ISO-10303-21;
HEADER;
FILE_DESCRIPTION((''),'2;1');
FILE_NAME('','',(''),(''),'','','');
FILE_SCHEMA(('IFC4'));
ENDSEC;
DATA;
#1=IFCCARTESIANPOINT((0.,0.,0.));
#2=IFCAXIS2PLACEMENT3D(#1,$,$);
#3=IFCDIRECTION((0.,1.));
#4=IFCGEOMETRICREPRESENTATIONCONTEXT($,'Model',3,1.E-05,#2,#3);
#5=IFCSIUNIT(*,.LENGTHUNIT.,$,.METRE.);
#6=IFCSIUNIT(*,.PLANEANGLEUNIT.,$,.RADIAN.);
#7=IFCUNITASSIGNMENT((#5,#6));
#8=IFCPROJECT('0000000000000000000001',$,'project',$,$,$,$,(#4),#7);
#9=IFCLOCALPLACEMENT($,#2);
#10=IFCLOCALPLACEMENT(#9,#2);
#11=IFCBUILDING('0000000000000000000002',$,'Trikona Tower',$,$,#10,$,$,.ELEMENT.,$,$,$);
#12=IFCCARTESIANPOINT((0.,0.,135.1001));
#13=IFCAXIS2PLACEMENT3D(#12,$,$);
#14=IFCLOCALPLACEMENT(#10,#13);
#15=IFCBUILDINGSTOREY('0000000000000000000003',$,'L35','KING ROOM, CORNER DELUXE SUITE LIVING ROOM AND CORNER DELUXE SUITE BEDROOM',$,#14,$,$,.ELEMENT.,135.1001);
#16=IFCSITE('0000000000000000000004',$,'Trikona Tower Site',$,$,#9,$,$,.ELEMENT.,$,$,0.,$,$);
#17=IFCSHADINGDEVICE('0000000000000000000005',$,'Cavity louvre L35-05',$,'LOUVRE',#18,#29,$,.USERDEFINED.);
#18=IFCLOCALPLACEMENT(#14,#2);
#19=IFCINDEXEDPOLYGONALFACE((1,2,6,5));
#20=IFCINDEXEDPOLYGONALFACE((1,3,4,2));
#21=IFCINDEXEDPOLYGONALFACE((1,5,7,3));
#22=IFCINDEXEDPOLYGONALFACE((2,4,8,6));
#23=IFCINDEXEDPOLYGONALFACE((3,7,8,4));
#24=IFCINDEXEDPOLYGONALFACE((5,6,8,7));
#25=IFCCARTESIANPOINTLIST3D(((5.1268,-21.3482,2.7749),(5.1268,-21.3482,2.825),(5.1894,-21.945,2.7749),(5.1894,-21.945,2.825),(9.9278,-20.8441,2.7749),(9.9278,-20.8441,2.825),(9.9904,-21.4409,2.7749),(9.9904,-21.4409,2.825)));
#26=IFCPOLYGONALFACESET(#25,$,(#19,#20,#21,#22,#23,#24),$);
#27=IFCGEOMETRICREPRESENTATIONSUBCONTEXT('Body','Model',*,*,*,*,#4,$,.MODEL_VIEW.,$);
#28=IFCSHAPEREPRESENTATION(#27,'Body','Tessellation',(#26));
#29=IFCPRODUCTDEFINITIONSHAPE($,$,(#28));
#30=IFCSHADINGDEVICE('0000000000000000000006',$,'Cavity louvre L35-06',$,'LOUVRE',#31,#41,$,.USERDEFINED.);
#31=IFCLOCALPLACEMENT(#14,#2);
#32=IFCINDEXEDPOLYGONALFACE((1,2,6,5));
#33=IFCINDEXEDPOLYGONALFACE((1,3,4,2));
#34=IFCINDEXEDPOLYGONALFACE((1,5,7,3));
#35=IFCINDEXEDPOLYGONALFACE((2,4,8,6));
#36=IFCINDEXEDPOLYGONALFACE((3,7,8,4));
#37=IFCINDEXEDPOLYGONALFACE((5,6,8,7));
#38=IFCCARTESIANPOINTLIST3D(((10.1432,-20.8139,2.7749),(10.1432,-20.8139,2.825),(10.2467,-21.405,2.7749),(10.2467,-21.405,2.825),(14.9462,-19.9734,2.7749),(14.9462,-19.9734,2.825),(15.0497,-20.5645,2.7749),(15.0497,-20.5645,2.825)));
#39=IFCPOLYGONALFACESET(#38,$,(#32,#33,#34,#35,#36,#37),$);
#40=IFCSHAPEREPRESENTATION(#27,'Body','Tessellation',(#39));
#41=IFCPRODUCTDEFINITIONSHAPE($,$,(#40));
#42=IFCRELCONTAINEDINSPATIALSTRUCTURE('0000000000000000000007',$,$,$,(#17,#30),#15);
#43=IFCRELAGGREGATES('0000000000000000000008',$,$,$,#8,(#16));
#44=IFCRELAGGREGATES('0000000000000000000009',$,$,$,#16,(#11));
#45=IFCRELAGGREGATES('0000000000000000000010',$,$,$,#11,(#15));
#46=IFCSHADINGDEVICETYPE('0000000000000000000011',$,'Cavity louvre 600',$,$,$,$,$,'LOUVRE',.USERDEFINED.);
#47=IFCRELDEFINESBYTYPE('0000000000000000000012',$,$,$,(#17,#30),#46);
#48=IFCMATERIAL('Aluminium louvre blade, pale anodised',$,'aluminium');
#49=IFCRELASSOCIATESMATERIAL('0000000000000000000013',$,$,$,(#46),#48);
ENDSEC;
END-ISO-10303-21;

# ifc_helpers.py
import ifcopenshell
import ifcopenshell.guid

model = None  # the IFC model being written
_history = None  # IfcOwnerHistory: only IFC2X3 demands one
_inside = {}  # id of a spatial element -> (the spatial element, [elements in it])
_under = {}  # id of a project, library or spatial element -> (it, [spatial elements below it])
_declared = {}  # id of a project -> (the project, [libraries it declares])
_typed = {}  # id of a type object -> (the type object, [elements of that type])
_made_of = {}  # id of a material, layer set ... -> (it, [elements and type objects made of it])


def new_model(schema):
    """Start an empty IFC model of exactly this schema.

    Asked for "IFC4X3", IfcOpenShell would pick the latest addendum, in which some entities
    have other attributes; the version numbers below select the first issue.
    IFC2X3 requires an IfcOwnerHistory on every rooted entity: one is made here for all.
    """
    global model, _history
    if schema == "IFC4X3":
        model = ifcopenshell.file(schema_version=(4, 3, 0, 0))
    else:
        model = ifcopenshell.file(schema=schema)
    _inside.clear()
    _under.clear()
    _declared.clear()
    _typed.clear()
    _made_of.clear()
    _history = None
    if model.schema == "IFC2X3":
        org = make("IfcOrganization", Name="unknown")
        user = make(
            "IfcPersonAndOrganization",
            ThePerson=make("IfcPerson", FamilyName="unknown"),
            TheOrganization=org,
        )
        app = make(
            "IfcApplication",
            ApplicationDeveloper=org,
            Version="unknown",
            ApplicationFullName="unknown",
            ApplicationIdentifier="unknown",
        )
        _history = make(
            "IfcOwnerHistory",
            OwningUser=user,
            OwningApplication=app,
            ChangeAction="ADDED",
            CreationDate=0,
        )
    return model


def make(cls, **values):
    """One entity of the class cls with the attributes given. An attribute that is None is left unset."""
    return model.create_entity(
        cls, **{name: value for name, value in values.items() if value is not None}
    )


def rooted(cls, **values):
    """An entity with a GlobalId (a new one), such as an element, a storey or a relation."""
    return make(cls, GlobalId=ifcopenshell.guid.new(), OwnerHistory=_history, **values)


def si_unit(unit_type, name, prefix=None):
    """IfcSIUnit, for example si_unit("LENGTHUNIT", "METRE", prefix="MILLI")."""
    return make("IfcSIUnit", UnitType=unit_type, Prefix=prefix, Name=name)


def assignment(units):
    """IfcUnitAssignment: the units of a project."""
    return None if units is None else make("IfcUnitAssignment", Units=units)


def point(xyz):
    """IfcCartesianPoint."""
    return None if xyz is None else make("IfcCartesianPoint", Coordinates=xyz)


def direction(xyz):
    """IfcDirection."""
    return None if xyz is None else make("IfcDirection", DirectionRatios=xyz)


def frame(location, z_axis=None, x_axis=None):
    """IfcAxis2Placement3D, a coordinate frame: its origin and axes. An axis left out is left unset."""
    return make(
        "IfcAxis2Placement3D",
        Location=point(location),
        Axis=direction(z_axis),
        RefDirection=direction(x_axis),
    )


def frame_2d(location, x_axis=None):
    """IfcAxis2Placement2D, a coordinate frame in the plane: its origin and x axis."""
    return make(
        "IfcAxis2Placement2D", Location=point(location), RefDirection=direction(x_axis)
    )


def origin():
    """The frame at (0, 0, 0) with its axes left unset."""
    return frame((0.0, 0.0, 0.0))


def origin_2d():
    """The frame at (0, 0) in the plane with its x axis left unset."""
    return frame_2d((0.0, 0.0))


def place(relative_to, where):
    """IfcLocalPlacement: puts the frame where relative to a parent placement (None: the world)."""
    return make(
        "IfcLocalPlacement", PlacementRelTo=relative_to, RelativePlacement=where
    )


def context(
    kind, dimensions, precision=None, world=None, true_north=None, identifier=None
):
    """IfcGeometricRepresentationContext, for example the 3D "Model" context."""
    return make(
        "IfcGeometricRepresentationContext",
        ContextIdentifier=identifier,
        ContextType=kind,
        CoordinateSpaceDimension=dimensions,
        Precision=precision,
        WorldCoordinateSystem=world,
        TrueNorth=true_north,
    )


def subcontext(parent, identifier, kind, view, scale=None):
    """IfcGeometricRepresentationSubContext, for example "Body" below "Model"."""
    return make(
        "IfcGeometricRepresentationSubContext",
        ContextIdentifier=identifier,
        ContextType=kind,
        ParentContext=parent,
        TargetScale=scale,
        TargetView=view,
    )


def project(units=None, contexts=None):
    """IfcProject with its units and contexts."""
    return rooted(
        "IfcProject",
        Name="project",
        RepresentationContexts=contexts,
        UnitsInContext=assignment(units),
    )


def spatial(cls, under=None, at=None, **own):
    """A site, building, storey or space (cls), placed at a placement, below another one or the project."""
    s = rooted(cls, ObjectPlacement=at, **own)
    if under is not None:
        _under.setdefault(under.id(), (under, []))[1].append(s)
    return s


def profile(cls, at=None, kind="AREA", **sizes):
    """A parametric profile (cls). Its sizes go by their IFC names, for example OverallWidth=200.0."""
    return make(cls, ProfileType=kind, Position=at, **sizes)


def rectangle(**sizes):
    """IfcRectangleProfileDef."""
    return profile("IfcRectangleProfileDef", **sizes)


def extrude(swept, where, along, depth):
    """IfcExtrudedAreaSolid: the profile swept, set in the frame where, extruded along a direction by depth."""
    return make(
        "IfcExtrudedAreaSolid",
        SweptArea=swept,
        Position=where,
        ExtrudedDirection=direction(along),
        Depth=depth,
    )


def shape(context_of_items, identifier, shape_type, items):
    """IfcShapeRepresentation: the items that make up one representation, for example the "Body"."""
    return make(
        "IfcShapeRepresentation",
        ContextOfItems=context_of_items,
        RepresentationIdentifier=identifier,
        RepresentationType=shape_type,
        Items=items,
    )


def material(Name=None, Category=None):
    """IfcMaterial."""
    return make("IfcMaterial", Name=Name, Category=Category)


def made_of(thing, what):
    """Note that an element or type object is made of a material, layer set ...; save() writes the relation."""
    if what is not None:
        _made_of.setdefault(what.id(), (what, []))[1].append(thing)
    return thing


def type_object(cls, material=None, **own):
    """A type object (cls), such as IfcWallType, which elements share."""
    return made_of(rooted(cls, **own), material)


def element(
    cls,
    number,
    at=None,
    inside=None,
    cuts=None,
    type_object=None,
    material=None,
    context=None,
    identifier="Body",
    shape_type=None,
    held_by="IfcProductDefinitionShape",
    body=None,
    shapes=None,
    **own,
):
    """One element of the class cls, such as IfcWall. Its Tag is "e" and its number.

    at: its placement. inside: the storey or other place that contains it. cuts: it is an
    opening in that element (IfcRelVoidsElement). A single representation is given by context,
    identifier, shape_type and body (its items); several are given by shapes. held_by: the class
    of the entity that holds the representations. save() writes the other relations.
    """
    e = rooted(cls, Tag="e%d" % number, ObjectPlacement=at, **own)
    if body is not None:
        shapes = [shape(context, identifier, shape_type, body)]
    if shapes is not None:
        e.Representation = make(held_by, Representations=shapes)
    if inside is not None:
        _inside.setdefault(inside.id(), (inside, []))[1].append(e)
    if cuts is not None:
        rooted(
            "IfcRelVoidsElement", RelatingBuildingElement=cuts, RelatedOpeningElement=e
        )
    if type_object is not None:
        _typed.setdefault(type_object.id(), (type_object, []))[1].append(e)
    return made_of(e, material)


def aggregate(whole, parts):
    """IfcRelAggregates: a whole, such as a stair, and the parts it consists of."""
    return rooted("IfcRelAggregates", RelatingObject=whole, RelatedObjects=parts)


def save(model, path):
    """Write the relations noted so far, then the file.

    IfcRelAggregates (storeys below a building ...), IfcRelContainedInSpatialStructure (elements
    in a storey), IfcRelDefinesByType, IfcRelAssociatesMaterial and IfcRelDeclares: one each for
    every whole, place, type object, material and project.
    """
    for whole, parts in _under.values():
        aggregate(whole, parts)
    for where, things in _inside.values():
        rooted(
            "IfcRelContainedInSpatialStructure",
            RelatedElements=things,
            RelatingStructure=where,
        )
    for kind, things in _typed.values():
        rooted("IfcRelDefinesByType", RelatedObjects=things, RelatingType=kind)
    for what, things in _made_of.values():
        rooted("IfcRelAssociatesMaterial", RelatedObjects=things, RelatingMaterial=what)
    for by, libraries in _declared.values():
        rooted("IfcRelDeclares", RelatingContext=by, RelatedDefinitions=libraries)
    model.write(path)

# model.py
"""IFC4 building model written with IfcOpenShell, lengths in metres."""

from ifc_helpers import new_model, si_unit, direction, frame, origin, origin_2d, place, context, subcontext, project, spatial, rectangle, extrude, material, type_object, element, save


model = new_model("IFC4")

# Units and contexts
model_context = context("Model", 3, precision=1e-05, world=origin(), true_north=direction((0.0, 1.0)))
body_context = subcontext(model_context, "Body", "Model", "MODEL_VIEW")
ifc_project = project(units=[si_unit("LENGTHUNIT", "METRE"), si_unit("PLANEANGLEUNIT", "RADIAN")], contexts=[model_context])

# Site, building, storey
site_placement = place(None, origin())
site = spatial("IfcSite", under=ifc_project, at=site_placement, Name="Trikona Tower Site", CompositionType="ELEMENT", RefElevation=0.0)
building_placement = place(site_placement, origin())
building = spatial("IfcBuilding", under=site, at=building_placement, Name="Trikona Tower", CompositionType="ELEMENT")
storey_placement = place(building_placement, frame((0.0, 0.0, 135.1001)))
storey = spatial("IfcBuildingStorey", under=building, at=storey_placement, Name="L35", Description="KING ROOM, CORNER DELUXE SUITE LIVING ROOM AND CORNER DELUXE SUITE BEDROOM", CompositionType="ELEMENT", Elevation=135.1001)

# Shading devices
ifc_material_1 = material(Name="Aluminium louvre blade, pale anodised", Category="aluminium")
shading_device_type = type_object("IfcShadingDeviceType", Name="Cavity louvre 600", ElementType="LOUVRE", PredefinedType="USERDEFINED", material=ifc_material_1)
shading_device_1_placement = place(storey_placement, frame((7.5586, -21.3945, 2.7749), z_axis=(0.0, 0.0, 1.0), x_axis=(0.994533, 0.104426, 0.0)))
element("IfcShadingDevice", 1, at=shading_device_1_placement, inside=storey, type_object=shading_device_type, Name="Cavity louvre L35-05", ObjectType="LOUVRE", PredefinedType="USERDEFINED", context=body_context, shape_type="SweptSolid", body=[
    extrude(rectangle(XDim=4.8274, YDim=0.6001, at=origin_2d()), origin(), (0.0, 0.0, 1.0), 0.05),
])
shading_device_2_placement = place(storey_placement, frame((12.5964, -20.6892, 2.7749), z_axis=(0.0, 0.0, 1.0), x_axis=(0.985031, 0.17238, 0.0)))
element("IfcShadingDevice", 2, at=shading_device_2_placement, inside=storey, type_object=shading_device_type, Name="Cavity louvre L35-06", ObjectType="LOUVRE", PredefinedType="USERDEFINED", context=body_context, shape_type="SweptSolid", body=[
    extrude(rectangle(XDim=4.876, YDim=0.6001, at=origin_2d()), origin(), (0.0, 0.0, 1.0), 0.05),
])

save(model, "model.ifc")
